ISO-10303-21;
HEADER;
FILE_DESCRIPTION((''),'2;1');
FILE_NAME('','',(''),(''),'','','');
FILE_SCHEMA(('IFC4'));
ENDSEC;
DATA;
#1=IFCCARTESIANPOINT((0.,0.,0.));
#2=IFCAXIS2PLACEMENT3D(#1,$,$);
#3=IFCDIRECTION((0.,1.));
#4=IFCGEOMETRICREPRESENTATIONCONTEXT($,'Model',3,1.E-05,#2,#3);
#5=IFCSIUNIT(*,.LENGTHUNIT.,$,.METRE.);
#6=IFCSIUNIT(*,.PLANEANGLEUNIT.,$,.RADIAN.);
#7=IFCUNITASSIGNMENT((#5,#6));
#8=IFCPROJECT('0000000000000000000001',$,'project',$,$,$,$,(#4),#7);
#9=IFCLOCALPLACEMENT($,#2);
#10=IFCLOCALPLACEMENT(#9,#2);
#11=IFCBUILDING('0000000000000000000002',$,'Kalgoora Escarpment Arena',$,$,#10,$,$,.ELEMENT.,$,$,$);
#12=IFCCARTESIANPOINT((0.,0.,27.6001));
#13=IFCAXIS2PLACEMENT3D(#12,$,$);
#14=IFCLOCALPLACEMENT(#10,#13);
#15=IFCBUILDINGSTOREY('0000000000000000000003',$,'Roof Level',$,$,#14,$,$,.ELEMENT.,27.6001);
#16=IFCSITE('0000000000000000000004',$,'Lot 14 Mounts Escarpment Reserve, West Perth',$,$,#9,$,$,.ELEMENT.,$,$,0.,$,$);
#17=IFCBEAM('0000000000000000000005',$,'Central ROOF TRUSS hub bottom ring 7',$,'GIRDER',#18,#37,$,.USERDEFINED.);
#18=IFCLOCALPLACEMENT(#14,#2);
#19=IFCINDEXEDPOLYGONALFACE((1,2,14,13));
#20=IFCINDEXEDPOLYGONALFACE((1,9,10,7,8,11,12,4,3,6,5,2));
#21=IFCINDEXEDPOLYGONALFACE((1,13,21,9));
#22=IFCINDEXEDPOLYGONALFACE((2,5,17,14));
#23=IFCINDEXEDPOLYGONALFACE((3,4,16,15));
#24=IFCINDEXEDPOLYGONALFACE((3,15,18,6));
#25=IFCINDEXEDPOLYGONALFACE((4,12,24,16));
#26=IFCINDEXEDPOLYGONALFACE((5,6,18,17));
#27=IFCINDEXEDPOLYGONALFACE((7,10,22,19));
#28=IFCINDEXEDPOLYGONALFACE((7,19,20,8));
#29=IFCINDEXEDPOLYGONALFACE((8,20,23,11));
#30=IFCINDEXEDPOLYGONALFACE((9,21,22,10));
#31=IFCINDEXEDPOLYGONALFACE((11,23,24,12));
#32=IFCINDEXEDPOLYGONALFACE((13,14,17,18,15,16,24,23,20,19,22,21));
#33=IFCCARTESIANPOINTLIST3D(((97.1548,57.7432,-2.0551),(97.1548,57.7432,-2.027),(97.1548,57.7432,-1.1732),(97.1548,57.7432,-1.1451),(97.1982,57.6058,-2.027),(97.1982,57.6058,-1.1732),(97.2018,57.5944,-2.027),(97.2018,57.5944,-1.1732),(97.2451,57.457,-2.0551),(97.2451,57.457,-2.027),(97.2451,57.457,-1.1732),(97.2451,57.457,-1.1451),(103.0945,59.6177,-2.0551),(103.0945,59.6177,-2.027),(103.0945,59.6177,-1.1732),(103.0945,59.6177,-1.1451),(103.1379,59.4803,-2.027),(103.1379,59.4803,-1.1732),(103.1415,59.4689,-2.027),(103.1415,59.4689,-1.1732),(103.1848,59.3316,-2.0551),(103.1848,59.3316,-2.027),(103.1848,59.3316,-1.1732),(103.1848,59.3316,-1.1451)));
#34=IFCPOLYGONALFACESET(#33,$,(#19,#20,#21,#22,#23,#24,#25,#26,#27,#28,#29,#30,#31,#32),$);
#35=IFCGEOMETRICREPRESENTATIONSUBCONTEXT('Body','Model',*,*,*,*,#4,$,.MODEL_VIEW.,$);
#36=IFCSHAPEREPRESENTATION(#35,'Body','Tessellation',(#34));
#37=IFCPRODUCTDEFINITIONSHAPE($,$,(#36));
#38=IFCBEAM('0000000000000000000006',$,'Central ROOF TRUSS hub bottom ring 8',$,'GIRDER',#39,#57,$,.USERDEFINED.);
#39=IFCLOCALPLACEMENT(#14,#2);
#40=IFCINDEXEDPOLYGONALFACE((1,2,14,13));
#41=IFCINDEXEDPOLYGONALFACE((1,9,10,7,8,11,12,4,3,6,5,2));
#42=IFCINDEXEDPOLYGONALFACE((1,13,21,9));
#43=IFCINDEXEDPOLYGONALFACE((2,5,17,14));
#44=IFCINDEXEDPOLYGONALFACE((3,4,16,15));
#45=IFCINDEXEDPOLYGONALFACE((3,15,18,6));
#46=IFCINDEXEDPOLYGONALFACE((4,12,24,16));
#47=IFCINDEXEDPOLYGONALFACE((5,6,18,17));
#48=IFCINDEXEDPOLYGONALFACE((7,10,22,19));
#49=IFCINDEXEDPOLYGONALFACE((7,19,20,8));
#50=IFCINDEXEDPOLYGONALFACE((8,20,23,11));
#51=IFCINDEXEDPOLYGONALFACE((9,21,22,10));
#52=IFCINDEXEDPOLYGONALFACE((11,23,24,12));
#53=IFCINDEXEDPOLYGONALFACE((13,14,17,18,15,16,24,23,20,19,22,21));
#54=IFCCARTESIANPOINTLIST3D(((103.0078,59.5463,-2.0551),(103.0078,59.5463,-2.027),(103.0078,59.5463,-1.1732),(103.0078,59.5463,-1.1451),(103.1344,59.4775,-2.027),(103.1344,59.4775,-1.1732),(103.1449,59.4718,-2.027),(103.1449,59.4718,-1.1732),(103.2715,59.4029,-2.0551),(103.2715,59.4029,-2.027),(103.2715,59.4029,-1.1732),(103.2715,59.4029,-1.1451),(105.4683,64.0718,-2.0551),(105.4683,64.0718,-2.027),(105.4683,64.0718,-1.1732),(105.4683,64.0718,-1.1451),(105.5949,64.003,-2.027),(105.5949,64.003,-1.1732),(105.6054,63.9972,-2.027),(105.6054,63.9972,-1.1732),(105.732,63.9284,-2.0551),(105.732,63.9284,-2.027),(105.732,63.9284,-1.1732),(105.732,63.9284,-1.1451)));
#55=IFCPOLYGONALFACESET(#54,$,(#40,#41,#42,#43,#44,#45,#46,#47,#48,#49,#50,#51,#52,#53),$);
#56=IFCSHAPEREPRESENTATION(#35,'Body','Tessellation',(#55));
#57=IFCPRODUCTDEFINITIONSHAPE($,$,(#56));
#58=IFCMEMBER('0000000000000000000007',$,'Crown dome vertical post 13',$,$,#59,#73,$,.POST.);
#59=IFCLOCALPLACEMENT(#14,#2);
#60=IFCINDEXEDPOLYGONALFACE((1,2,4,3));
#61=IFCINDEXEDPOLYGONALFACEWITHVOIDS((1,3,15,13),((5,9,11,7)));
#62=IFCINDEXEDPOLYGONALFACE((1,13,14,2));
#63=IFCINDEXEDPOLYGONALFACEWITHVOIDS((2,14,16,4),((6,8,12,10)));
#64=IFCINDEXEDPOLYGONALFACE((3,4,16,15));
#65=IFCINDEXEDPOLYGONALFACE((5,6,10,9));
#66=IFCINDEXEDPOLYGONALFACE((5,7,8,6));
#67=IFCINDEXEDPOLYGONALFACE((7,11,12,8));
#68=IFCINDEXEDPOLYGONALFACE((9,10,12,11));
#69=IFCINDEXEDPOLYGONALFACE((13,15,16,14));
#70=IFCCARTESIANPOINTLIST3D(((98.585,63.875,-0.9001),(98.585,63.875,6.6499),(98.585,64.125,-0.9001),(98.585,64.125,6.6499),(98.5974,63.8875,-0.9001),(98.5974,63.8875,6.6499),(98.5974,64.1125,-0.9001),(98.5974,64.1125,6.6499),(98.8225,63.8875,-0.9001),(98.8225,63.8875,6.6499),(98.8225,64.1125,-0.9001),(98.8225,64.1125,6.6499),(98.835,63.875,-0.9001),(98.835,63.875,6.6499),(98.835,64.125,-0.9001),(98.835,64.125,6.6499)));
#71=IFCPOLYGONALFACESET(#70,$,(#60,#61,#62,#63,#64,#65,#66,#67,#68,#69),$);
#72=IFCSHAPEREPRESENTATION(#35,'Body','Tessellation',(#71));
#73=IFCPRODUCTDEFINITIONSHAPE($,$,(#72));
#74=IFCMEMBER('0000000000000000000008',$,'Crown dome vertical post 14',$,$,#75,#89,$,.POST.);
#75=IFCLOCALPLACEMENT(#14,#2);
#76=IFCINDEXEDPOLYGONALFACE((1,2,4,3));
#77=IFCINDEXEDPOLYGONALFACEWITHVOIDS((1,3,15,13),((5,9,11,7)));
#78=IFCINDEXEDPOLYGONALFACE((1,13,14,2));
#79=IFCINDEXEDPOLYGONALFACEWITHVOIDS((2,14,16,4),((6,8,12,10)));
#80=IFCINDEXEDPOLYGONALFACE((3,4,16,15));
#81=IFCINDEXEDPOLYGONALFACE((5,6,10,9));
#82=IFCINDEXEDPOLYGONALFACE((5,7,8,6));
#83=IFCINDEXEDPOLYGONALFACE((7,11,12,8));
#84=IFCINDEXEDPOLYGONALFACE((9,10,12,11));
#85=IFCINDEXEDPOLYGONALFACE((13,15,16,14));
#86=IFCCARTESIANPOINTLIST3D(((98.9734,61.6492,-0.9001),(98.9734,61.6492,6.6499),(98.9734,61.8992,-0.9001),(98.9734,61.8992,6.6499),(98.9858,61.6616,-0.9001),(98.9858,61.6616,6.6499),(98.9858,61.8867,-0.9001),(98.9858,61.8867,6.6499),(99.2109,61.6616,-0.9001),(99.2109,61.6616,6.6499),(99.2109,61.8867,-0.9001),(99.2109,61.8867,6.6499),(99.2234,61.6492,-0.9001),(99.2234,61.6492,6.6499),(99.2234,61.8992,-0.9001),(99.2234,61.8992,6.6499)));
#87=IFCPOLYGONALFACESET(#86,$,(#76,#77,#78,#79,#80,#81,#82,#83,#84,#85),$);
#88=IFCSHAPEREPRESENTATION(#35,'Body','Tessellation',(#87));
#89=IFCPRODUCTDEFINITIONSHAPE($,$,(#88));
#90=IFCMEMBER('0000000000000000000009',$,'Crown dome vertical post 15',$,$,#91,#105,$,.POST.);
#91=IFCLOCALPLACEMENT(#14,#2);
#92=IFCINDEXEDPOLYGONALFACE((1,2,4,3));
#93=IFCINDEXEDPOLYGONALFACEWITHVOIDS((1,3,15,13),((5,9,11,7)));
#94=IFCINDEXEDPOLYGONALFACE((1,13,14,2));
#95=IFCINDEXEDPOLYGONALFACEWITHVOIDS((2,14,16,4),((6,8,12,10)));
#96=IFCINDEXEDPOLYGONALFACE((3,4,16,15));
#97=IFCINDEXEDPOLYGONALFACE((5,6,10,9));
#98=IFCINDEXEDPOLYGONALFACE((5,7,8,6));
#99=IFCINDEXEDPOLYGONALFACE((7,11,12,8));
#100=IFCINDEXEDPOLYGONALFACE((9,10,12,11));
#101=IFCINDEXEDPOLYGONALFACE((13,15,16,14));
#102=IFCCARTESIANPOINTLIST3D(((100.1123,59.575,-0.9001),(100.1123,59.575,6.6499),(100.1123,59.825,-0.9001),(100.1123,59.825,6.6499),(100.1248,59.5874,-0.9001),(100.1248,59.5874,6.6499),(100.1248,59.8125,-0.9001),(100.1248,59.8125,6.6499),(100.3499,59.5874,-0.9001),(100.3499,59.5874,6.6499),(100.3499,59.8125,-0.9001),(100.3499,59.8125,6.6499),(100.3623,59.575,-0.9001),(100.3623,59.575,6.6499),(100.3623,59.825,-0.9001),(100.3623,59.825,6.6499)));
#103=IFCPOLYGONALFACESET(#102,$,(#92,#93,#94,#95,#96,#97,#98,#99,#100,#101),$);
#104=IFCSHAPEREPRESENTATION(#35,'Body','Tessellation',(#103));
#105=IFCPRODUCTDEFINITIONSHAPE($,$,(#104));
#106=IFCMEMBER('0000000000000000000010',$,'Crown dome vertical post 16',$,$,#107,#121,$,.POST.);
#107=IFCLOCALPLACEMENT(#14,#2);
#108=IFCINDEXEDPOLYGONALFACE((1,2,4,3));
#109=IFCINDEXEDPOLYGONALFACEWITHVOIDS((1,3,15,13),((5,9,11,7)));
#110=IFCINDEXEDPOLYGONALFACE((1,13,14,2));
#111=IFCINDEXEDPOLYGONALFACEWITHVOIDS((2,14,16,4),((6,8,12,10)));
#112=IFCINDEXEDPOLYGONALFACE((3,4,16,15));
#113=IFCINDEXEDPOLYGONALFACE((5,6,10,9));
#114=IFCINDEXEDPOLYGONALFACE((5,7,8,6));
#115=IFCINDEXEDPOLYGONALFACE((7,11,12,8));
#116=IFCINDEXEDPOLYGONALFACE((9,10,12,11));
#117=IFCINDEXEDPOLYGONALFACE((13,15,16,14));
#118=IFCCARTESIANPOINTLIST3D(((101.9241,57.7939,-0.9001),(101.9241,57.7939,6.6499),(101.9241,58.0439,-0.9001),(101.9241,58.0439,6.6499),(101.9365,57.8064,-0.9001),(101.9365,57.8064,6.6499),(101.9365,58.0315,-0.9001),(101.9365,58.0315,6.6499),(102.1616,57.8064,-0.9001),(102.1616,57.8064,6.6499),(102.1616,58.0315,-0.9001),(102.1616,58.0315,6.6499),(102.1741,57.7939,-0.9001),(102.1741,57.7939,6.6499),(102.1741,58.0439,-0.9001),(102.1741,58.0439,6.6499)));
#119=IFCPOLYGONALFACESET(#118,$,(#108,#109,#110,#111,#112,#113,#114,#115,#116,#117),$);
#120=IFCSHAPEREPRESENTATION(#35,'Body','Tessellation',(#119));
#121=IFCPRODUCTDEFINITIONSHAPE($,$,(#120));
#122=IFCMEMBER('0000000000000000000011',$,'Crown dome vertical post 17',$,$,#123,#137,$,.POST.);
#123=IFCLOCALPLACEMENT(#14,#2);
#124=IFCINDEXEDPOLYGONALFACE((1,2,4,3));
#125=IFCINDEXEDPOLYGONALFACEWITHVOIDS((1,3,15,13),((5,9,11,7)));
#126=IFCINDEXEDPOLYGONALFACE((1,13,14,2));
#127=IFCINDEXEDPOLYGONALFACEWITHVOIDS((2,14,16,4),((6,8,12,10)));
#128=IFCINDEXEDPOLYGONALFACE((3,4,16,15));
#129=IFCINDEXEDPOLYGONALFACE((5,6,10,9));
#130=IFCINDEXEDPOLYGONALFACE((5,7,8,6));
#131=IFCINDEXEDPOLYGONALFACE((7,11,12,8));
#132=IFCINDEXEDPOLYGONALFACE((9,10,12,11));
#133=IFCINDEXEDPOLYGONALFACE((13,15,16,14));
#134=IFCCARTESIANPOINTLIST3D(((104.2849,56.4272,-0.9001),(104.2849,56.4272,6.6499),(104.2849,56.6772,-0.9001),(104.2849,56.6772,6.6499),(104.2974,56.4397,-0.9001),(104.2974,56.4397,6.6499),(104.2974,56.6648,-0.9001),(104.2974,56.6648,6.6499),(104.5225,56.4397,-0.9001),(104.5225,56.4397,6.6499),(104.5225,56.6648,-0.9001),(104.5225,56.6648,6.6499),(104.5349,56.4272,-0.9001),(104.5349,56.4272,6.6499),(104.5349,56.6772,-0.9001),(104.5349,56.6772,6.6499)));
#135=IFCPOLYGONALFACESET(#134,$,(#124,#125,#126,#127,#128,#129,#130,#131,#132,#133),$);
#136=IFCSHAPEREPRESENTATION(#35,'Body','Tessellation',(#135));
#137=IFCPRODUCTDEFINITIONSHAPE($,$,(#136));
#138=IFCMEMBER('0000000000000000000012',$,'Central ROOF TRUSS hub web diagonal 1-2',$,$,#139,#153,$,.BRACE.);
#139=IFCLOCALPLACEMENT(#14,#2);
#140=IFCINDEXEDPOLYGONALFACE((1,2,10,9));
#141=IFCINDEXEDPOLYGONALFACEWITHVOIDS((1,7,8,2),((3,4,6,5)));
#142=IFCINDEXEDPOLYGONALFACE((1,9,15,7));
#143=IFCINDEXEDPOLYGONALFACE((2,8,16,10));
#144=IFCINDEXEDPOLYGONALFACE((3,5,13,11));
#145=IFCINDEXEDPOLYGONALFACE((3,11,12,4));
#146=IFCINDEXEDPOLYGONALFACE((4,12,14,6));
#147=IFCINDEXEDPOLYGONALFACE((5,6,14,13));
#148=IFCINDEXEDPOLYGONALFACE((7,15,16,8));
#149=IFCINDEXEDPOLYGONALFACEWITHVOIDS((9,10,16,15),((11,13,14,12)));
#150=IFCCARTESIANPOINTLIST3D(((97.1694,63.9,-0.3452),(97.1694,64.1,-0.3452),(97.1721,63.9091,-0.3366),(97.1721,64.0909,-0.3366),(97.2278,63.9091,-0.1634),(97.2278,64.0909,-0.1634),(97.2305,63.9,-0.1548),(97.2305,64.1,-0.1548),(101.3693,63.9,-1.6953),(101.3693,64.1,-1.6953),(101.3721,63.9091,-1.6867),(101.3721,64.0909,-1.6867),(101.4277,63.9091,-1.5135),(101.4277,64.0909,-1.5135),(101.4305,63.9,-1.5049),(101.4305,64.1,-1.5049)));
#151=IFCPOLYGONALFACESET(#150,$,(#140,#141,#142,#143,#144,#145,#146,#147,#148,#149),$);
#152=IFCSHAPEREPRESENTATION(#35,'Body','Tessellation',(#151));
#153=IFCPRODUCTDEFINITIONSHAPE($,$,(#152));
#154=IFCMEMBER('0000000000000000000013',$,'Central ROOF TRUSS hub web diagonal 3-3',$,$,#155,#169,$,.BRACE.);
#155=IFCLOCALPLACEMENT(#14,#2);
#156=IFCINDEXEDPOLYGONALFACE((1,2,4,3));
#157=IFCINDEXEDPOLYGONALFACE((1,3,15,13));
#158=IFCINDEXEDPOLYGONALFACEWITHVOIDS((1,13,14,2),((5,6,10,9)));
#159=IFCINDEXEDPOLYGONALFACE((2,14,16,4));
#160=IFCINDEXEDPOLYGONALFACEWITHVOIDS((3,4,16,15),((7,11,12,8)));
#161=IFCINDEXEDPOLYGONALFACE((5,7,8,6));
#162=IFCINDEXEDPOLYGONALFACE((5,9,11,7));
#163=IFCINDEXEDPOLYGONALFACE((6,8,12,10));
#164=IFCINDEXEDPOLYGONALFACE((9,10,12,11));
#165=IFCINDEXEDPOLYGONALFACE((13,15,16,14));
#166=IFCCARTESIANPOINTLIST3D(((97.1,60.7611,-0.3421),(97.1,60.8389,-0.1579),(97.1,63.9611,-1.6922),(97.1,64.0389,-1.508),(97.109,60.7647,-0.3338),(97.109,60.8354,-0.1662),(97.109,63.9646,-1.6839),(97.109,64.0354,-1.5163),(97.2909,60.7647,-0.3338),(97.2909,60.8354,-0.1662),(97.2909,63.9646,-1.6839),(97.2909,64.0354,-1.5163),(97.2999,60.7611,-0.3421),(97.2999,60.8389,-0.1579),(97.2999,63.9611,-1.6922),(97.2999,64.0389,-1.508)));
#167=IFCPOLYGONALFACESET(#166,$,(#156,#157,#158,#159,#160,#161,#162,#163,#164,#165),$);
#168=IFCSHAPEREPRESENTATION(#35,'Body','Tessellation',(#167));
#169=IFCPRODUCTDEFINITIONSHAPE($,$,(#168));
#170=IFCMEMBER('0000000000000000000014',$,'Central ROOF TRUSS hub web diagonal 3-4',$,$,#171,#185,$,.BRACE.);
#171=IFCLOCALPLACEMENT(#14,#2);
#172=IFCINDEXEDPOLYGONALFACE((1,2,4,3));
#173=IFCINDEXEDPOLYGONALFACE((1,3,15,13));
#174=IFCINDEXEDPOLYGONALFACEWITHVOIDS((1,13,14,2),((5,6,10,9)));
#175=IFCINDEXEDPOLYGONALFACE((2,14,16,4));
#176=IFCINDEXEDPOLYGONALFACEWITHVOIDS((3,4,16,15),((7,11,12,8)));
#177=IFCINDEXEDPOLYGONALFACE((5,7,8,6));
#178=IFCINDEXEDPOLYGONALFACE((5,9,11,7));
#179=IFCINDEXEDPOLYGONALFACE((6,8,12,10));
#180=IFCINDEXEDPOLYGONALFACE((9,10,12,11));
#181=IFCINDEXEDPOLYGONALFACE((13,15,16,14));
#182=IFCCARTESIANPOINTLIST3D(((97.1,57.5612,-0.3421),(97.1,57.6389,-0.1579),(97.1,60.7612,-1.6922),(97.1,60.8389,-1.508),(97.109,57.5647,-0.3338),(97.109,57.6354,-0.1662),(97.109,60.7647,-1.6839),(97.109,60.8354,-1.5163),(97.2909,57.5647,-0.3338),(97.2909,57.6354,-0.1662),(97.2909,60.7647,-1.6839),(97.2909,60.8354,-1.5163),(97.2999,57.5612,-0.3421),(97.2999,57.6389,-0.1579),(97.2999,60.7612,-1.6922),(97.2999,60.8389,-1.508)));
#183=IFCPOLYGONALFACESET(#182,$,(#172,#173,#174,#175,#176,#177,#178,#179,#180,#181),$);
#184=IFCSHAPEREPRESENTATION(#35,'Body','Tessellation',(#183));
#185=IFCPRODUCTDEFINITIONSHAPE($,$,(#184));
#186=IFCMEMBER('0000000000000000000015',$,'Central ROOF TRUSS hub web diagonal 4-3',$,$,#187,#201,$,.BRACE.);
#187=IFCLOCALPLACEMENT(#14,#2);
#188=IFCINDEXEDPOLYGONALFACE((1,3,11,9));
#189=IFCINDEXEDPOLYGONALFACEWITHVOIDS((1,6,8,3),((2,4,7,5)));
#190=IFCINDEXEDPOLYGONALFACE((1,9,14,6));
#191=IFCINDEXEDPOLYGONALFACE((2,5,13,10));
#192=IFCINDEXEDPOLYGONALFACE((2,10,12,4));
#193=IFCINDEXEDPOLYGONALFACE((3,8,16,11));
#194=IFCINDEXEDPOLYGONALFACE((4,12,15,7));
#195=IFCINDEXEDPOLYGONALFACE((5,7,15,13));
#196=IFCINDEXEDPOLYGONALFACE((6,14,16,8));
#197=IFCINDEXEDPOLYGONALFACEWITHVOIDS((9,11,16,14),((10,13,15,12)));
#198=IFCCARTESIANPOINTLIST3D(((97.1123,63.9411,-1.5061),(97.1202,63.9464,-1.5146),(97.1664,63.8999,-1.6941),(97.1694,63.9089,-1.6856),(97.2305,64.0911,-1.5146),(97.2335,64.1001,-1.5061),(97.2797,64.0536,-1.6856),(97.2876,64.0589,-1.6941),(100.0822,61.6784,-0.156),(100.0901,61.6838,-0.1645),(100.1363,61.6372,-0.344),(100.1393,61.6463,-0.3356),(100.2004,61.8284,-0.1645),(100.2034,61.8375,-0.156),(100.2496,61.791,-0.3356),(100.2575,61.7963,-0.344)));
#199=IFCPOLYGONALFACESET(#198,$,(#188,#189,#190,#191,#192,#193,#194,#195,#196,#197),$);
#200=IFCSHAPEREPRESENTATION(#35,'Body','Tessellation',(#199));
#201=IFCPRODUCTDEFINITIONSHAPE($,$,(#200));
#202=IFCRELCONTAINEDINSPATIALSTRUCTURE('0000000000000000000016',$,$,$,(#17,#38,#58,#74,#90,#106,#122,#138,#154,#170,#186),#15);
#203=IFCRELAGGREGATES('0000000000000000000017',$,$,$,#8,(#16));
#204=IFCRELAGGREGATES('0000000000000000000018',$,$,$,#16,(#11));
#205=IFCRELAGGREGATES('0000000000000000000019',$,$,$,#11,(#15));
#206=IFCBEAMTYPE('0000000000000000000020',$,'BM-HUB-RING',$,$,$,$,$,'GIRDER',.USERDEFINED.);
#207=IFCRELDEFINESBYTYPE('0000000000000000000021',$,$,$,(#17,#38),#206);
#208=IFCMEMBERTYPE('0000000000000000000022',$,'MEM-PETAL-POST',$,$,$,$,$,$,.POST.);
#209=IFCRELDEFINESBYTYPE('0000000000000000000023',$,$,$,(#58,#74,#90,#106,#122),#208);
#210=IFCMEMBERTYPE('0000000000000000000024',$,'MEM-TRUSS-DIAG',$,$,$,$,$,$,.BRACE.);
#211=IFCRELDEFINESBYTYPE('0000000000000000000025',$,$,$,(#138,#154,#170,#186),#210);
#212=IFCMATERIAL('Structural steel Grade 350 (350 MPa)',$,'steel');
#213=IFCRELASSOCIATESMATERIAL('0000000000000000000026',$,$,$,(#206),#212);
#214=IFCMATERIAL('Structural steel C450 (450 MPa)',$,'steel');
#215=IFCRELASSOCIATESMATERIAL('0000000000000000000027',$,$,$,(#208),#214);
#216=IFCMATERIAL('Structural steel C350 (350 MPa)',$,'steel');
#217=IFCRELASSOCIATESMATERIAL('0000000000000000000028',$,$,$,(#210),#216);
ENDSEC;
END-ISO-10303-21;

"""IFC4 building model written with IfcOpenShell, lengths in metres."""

from ifc_helpers import new_model, si_unit, direction, frame, origin, origin_2d, place, context, subcontext, project, spatial, hollow_rectangle, i_section, extrude, material, material_profile, profile_set, type_object, element, save


model = new_model("IFC4")

# Units and contexts
model_context = context("Model", 3, precision=1e-05, world=origin(), true_north=direction((0.0, 1.0)))
body_context = subcontext(model_context, "Body", "Model", "MODEL_VIEW")
ifc_project = project(units=[si_unit("LENGTHUNIT", "METRE"), si_unit("PLANEANGLEUNIT", "RADIAN")], contexts=[model_context])

# Site, building, storey
site_placement = place(None, origin())
site = spatial("IfcSite", under=ifc_project, at=site_placement, Name="Lot 14 Mounts Escarpment Reserve, West Perth", CompositionType="ELEMENT", RefElevation=0.0)
building_placement = place(site_placement, origin())
building = spatial("IfcBuilding", under=site, at=building_placement, Name="Kalgoora Escarpment Arena", CompositionType="ELEMENT")
storey_placement = place(building_placement, frame((0.0, 0.0, 27.6001)))
storey = spatial("IfcBuildingStorey", under=building, at=storey_placement, Name="Roof Level", CompositionType="ELEMENT", Elevation=27.6001)

# Beams
ifc_material_1 = material(Name="Structural steel Grade 350 (350 MPa)", Category="steel")
ifc_material_profile_1 = material_profile(ifc_material_1, i_section(OverallWidth=0.3, OverallDepth=0.9099, WebThickness=0.012, FlangeThickness=0.0281, at=origin_2d()))
ifc_profile_set_1 = profile_set([ifc_material_profile_1], Name="Structural steel Grade 350 (350 MPa)")
beam_type = type_object("IfcBeamType", Name="BM-HUB-RING", ElementType="GIRDER", PredefinedType="USERDEFINED", material=ifc_profile_set_1)
beam_1_placement = place(storey_placement, frame((97.2, 57.6001, -1.6001), z_axis=(0.953637, 0.300959, 0.0), x_axis=(-0.300959, 0.953637, 0.0)))
element("IfcBeam", 1, at=beam_1_placement, inside=storey, type_object=beam_type, Name="Central ROOF TRUSS hub bottom ring 7", ObjectType="GIRDER", PredefinedType="USERDEFINED", context=body_context, shape_type="SweptSolid", body=[
    extrude(i_section(OverallWidth=0.3, OverallDepth=0.9099, WebThickness=0.012, FlangeThickness=0.0281, at=origin_2d()), origin(), (0.0, 0.0, 1.0), 6.2285),
])
beam_2_placement = place(storey_placement, frame((103.1396, 59.4746, -1.6001), z_axis=(0.477663, 0.878543, 0.0), x_axis=(-0.878543, 0.477663, 0.0)))
element("IfcBeam", 2, at=beam_2_placement, inside=storey, type_object=beam_type, Name="Central ROOF TRUSS hub bottom ring 8", ObjectType="GIRDER", PredefinedType="USERDEFINED", context=body_context, shape_type="SweptSolid", body=[
    extrude(i_section(OverallWidth=0.3, OverallDepth=0.9099, WebThickness=0.012, FlangeThickness=0.0281, at=origin_2d()), origin(), (0.0, 0.0, 1.0), 5.1511),
])

# Members
ifc_material_2 = material(Name="Structural steel C450 (450 MPa)", Category="steel")
ifc_material_profile_2 = material_profile(ifc_material_2, hollow_rectangle(XDim=0.25, YDim=0.25, WallThickness=0.0125, at=origin_2d()))
ifc_profile_set_2 = profile_set([ifc_material_profile_2], Name="Structural steel C450 (450 MPa)")
member_type_1 = type_object("IfcMemberType", Name="MEM-PETAL-POST", PredefinedType="POST", material=ifc_profile_set_2)
for number, where, z_axis, x_axis, name in (
    (3, (98.71, 64.0, -0.9001), (0.0, 0.0, 1.0), (1.0, 0.0, 0.0), "Crown dome vertical post 13"),
    (4, (99.0984, 61.7742, -0.9001), (0.0, 0.0, 1.0), (1.0, 0.0, 0.0), "Crown dome vertical post 14"),
    (5, (100.2373, 59.7, -0.9001), (0.0, 0.0, 1.0), (1.0, 0.0, 0.0), "Crown dome vertical post 15"),
    (6, (102.0491, 57.9189, -0.9001), (0.0, 0.0, 1.0), (1.0, 0.0, 0.0), "Crown dome vertical post 16"),
    (7, (104.4099, 56.5522, -0.9001), (0.0, 0.0, 1.0), (1.0, 0.0, 0.0), "Crown dome vertical post 17"),
):
    element("IfcMember", number, at=place(storey_placement, frame(where, z_axis=z_axis, x_axis=x_axis)), inside=storey, type_object=member_type_1, Name=name, PredefinedType="POST", context=body_context, shape_type="SweptSolid", body=[
        extrude(hollow_rectangle(XDim=0.25, YDim=0.25, WallThickness=0.0125, at=origin_2d()), origin(), (0.0, 0.0, 1.0), 7.55),
    ])
ifc_material_3 = material(Name="Structural steel C350 (350 MPa)", Category="steel")
ifc_material_profile_3 = material_profile(ifc_material_3, hollow_rectangle(XDim=0.2, YDim=0.2, WallThickness=0.009, at=origin_2d()))
ifc_profile_set_3 = profile_set([ifc_material_profile_3], Name="Structural steel C350 (350 MPa)")
member_type_2 = type_object("IfcMemberType", Name="MEM-TRUSS-DIAG", PredefinedType="BRACE", material=ifc_profile_set_3)
member_1_placement = place(storey_placement, frame((101.3999, 64.0, -1.6001), z_axis=(-0.952021, 0.0, 0.306032), x_axis=(0.0, -1.0, 0.0)))
element("IfcMember", 8, at=member_1_placement, inside=storey, type_object=member_type_2, Name="Central ROOF TRUSS hub web diagonal 1-2", PredefinedType="BRACE", context=body_context, shape_type="SweptSolid", body=[
    extrude(hollow_rectangle(XDim=0.2, YDim=0.2, WallThickness=0.009, at=origin_2d()), origin(), (0.0, 0.0, 1.0), 4.4116),
])
for number, where, z_axis, x_axis, name in (
    (9, (97.2, 64.0, -1.6001), (0.0, -0.921352, 0.388729), (1.0, 0.0, 0.0), "Central ROOF TRUSS hub web diagonal 3-3"),
    (10, (97.2, 60.8, -1.6001), (0.0, -0.921352, 0.388729), (1.0, 0.0, 0.0), "Central ROOF TRUSS hub web diagonal 3-4"),
):
    element("IfcMember", number, at=place(storey_placement, frame(where, z_axis=z_axis, x_axis=x_axis)), inside=storey, type_object=member_type_2, Name=name, PredefinedType="BRACE", context=body_context, shape_type="SweptSolid", body=[
        extrude(hollow_rectangle(XDim=0.2, YDim=0.2, WallThickness=0.009, at=origin_2d()), origin(), (0.0, 0.0, 1.0), 3.4731),
    ])
for number, where, z_axis, x_axis, name in (
    (11, (97.2, 64.0, -1.6001), (0.748047, -0.569905, 0.340049), (0.60602, 0.79545, 0.0), "Central ROOF TRUSS hub web diagonal 4-3"),
):
    element("IfcMember", number, at=place(storey_placement, frame(where, z_axis=z_axis, x_axis=x_axis)), inside=storey, type_object=member_type_2, Name=name, PredefinedType="BRACE", context=body_context, shape_type="SweptSolid", body=[
        extrude(hollow_rectangle(XDim=0.2, YDim=0.2, WallThickness=0.009, at=origin_2d()), origin(), (0.0, 0.0, 1.0), 3.9702),
    ])

save(model, "model.ifc")
